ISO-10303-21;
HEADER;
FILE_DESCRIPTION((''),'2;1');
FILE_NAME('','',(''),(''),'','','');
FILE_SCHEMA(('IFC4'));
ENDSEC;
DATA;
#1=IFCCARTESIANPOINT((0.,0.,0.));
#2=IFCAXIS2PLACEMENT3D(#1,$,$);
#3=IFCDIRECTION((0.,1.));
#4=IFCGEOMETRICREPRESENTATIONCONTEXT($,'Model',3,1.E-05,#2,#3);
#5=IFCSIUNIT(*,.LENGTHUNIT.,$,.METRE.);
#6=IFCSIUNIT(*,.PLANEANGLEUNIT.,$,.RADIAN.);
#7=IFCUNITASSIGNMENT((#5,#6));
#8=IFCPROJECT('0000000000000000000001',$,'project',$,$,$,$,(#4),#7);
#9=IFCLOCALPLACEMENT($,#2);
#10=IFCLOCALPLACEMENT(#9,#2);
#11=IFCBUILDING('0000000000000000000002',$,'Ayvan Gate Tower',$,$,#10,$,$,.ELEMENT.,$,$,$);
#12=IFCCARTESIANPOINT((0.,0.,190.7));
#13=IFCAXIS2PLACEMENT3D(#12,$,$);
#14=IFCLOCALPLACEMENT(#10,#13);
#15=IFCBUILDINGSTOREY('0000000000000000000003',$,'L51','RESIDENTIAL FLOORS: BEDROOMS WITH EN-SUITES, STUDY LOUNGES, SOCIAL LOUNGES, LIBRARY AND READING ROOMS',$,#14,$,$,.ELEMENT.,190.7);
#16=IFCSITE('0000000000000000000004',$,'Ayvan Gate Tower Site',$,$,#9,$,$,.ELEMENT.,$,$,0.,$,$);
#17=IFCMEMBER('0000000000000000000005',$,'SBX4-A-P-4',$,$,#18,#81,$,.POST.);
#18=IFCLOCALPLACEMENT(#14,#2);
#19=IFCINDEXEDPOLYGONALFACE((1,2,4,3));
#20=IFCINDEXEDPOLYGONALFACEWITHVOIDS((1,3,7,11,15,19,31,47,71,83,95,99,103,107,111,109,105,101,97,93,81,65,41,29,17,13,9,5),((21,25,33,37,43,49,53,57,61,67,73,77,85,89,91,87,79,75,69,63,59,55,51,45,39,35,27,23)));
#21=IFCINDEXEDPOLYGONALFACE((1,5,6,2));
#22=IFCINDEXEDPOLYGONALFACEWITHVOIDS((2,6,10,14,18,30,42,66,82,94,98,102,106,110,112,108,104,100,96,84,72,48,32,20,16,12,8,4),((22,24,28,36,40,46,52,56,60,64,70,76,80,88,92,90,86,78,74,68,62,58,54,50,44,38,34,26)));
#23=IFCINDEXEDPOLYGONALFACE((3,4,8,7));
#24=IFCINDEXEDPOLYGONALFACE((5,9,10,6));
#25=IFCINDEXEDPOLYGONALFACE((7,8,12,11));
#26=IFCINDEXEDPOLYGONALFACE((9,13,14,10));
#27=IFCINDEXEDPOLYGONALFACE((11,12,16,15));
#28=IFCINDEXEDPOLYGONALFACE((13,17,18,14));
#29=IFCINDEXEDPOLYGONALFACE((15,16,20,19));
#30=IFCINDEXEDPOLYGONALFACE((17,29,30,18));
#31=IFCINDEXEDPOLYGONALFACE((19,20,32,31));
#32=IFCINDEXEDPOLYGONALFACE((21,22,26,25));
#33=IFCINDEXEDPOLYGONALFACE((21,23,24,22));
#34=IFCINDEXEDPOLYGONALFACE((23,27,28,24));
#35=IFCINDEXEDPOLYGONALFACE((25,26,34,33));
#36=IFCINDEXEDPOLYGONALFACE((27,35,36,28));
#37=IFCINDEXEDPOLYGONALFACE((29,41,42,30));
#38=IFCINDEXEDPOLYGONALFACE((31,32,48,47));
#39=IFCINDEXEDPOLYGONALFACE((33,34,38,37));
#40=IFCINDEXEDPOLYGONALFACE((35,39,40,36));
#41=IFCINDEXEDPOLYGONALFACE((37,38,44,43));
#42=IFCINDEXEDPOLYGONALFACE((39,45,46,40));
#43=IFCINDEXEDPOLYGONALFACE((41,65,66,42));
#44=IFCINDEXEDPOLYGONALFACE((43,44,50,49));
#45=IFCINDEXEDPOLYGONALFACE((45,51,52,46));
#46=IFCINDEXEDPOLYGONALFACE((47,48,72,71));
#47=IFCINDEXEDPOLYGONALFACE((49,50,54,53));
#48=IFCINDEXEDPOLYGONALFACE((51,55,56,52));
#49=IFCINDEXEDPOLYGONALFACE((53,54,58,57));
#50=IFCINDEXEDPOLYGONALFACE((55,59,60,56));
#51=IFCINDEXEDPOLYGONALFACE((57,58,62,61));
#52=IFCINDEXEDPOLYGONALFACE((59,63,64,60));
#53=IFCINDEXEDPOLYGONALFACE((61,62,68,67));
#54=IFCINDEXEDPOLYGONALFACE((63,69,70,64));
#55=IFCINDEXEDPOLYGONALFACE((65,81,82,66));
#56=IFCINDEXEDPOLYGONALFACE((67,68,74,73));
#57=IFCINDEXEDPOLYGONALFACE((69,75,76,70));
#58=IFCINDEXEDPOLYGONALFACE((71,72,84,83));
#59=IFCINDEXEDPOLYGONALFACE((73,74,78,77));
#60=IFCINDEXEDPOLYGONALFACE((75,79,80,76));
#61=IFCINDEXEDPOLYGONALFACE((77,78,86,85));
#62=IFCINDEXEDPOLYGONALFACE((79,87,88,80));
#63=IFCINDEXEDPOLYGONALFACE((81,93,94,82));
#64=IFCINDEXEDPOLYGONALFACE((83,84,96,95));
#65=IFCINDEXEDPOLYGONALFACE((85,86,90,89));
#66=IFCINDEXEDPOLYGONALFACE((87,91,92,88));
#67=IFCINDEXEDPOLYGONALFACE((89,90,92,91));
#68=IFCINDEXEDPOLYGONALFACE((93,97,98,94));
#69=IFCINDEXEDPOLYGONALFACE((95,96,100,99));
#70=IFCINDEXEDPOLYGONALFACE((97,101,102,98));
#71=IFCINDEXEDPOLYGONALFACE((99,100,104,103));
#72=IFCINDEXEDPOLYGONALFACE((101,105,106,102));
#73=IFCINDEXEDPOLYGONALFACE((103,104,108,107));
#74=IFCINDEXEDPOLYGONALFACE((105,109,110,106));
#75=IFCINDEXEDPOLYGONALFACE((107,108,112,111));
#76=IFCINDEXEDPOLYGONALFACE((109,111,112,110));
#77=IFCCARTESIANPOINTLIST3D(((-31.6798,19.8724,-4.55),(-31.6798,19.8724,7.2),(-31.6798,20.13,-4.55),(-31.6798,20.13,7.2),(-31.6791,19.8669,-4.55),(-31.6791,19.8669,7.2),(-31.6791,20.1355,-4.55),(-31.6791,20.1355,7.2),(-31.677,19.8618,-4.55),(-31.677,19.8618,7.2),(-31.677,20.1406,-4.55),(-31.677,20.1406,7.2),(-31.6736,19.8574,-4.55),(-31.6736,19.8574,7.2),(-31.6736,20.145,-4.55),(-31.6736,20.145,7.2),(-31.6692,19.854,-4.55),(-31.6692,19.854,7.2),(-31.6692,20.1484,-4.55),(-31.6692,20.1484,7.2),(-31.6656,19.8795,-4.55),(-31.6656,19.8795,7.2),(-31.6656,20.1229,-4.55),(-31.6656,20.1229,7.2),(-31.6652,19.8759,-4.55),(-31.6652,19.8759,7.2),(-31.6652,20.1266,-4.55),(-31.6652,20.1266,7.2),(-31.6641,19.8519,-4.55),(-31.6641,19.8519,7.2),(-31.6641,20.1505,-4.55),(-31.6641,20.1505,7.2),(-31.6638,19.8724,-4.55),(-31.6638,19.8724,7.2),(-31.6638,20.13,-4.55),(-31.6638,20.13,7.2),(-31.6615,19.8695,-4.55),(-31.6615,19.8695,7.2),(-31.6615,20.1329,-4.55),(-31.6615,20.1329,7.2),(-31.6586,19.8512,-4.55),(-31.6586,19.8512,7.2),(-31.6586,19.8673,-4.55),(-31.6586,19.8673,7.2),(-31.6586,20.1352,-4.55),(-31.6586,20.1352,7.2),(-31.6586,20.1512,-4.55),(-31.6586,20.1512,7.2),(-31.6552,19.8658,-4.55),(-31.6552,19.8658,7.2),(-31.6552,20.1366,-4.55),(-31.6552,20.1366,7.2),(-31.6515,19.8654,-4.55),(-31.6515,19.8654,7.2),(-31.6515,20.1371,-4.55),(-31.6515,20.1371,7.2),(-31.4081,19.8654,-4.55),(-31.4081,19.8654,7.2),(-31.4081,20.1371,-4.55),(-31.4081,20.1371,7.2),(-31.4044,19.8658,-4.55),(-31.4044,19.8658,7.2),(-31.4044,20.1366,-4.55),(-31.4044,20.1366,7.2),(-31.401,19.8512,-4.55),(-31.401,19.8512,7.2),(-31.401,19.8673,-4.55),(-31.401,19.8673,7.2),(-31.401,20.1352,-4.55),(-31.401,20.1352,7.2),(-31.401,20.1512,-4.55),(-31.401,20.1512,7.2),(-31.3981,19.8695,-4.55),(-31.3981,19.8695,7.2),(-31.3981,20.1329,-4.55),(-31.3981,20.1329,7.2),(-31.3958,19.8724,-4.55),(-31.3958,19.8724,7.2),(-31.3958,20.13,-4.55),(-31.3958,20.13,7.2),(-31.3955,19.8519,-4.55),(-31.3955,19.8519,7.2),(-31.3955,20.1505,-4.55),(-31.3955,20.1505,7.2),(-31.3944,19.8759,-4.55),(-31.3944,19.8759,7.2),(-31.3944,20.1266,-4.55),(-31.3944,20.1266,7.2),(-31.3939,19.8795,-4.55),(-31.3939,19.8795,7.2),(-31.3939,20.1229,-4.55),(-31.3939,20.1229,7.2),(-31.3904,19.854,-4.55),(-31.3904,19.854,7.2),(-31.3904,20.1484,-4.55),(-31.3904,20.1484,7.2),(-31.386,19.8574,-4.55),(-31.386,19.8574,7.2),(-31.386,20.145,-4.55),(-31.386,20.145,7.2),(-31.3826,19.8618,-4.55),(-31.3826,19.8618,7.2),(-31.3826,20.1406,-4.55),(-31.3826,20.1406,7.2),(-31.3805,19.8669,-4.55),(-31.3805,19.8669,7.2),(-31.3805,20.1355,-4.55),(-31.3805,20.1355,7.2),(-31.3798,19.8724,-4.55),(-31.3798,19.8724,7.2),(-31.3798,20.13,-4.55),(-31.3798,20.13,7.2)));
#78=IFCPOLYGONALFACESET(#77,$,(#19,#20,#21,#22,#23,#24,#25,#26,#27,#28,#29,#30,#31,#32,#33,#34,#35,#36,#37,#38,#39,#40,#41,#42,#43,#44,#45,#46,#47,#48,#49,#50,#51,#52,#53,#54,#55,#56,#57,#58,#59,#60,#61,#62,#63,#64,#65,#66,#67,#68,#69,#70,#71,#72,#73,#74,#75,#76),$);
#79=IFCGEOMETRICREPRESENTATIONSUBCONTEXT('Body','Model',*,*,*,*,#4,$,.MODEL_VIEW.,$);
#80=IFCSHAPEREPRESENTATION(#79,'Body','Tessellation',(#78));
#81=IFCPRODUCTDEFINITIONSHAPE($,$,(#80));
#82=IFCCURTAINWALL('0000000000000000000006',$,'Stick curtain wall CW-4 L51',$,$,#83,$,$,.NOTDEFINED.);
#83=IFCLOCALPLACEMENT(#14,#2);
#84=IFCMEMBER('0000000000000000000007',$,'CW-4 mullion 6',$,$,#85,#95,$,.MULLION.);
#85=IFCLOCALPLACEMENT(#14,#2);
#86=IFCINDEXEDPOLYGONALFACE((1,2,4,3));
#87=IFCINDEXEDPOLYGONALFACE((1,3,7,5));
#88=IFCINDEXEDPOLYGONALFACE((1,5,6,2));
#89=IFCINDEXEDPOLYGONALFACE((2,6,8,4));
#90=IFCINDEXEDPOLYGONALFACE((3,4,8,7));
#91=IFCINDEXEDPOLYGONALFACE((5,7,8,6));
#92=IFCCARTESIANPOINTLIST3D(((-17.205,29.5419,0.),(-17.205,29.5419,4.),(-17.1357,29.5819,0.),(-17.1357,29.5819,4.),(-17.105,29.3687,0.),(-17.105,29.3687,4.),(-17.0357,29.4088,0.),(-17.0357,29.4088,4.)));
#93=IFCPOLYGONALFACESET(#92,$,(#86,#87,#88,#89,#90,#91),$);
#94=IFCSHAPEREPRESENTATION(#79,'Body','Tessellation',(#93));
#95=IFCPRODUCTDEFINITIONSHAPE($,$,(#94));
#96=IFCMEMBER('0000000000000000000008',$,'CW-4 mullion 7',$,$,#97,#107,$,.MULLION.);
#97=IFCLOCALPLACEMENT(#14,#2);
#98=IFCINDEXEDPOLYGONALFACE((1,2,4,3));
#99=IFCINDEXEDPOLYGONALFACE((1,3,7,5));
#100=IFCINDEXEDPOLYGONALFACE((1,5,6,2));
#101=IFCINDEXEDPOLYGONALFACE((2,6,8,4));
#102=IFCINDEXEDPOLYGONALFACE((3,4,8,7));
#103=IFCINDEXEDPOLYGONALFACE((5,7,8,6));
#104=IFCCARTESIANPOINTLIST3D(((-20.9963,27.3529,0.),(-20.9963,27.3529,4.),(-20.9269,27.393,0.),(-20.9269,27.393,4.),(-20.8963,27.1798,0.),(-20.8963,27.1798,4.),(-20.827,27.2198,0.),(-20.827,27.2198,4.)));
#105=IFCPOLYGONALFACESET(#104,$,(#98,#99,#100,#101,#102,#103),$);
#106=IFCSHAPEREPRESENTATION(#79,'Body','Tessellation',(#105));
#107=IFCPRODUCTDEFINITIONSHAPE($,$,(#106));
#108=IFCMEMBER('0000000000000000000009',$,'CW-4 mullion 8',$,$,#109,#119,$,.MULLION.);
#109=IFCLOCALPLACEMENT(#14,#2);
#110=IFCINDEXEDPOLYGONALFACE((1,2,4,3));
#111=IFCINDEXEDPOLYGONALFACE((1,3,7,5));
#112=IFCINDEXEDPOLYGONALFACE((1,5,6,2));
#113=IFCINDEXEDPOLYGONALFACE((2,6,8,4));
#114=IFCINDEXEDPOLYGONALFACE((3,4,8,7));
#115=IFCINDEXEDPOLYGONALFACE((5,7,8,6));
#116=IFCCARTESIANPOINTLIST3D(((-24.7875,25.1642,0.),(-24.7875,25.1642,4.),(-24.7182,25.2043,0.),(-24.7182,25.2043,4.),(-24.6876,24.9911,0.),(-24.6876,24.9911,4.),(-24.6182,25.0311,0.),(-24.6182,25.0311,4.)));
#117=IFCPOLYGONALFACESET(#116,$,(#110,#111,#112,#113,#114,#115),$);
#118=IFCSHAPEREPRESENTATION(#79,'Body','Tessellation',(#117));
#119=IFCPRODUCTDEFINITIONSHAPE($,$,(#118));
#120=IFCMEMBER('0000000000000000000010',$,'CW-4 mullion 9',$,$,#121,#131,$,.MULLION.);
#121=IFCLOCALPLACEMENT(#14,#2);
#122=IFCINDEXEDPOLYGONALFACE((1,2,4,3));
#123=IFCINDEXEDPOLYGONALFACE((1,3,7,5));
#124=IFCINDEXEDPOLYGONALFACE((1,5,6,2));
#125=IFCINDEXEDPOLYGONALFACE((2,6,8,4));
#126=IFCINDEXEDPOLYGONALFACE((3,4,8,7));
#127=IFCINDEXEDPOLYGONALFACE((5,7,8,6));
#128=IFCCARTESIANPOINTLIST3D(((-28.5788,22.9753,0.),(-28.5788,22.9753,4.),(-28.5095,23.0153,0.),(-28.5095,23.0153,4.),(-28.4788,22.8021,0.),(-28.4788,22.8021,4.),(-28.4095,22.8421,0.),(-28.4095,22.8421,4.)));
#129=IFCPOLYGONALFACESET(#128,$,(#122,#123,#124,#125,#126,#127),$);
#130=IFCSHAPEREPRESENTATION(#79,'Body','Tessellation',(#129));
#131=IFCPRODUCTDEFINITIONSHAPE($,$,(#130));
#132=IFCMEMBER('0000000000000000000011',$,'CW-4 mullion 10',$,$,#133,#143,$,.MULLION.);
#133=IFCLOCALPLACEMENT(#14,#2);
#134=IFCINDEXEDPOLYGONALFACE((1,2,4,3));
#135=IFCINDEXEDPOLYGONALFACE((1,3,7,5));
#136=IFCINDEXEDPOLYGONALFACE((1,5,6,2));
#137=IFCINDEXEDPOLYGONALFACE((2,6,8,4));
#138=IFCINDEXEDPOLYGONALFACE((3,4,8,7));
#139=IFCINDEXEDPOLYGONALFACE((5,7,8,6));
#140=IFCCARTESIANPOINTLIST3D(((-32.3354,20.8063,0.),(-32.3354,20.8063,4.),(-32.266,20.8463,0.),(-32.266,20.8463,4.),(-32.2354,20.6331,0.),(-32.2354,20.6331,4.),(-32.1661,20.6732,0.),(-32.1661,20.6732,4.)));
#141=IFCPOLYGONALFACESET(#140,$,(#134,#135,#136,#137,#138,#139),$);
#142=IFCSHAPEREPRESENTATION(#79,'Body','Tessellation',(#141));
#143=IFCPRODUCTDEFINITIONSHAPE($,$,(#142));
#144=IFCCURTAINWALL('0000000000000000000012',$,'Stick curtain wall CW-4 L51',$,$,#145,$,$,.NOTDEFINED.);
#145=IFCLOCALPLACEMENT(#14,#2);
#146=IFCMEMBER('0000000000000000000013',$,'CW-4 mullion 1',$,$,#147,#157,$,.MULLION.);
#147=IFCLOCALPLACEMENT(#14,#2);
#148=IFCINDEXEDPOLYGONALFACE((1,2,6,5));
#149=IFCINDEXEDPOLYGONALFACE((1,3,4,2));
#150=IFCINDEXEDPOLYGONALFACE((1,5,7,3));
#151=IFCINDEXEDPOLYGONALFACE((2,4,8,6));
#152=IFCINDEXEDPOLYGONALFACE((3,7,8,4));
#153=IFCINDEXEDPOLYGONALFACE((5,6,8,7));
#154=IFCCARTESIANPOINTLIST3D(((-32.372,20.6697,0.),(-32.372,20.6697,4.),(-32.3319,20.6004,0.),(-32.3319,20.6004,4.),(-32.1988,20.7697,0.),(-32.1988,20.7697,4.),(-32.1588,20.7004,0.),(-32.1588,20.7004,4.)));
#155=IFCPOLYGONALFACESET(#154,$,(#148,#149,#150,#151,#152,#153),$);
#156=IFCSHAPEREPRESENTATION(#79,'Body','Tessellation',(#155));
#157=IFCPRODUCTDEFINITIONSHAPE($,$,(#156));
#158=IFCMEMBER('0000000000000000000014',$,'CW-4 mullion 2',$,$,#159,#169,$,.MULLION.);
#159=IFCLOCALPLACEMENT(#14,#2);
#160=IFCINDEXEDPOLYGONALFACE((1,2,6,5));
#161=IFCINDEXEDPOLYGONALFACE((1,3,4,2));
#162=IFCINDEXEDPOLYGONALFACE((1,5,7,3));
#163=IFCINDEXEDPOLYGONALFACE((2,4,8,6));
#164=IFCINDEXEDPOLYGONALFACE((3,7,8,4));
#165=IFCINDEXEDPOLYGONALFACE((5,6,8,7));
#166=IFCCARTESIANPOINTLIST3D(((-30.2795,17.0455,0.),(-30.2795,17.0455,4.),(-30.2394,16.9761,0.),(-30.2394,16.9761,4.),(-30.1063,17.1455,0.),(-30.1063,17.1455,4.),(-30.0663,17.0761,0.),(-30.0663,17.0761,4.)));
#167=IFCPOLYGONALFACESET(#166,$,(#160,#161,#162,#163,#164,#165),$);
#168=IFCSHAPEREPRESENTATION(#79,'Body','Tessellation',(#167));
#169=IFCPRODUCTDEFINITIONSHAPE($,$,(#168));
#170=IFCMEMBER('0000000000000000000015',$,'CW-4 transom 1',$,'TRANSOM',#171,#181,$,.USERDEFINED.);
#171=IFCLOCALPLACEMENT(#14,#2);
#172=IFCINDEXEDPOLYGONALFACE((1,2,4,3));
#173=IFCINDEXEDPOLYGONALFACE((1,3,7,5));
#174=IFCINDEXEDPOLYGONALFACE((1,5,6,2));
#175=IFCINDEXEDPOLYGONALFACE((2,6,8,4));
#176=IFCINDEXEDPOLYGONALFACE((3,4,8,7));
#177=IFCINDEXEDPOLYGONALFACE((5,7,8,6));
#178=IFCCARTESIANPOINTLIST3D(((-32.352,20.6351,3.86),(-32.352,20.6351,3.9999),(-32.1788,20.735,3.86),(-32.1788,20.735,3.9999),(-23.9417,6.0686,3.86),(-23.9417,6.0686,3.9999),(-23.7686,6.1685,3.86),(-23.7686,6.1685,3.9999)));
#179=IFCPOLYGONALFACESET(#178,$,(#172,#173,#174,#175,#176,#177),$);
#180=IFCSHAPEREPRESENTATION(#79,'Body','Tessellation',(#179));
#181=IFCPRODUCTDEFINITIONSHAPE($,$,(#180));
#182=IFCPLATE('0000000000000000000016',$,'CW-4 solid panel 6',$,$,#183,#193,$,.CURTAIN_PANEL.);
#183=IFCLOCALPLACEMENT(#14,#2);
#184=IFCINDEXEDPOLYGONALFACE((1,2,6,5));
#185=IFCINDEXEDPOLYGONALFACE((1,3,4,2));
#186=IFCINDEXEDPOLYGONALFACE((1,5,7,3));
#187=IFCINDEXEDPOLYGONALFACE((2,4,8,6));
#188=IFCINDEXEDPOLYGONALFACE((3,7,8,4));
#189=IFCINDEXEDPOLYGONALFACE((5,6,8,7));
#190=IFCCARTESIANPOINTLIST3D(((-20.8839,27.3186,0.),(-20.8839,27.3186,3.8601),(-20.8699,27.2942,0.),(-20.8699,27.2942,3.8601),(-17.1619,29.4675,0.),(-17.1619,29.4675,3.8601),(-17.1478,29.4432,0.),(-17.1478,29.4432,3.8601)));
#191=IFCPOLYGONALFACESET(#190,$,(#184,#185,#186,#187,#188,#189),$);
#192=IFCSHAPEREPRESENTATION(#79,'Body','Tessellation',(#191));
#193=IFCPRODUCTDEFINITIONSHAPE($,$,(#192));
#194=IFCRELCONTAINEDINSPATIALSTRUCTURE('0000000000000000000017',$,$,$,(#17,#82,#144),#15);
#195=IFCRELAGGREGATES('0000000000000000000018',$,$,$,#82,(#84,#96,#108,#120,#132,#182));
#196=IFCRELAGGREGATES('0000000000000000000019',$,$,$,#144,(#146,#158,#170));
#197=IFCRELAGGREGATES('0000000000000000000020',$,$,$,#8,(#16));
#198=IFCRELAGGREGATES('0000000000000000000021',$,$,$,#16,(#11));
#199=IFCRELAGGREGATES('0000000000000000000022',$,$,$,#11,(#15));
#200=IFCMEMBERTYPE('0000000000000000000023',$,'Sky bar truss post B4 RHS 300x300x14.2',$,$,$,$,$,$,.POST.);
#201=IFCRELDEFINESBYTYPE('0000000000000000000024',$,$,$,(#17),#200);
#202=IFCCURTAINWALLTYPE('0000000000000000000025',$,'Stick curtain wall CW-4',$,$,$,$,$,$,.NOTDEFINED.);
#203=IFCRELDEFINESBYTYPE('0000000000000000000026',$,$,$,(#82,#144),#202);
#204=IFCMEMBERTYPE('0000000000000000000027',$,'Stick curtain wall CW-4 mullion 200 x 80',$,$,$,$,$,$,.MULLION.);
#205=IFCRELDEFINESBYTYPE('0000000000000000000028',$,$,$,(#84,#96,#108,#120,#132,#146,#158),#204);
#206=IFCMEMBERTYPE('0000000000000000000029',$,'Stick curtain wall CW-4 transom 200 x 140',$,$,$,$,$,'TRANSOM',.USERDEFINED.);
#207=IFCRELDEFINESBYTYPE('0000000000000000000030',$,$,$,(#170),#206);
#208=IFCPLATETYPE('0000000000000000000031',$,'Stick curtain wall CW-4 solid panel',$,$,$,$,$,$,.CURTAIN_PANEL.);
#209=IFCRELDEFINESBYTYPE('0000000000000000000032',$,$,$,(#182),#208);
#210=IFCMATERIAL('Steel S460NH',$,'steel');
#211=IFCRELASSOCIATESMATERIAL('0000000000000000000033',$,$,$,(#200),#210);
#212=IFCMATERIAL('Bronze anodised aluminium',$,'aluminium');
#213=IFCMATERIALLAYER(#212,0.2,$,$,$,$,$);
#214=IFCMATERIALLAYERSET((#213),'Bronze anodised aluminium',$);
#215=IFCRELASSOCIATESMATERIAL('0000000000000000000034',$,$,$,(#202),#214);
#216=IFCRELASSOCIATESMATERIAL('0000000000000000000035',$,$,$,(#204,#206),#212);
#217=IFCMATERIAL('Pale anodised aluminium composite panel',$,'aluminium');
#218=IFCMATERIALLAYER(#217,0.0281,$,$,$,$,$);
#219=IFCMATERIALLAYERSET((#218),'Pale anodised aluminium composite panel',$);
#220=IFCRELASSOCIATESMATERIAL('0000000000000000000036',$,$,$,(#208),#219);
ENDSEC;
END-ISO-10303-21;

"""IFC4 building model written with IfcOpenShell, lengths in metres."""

from ifc_helpers import new_model, si_unit, direction, frame, origin, origin_2d, place, context, subcontext, project, spatial, rectangle, hollow_rectangle, extrude, material, layer, layer_set, material_profile, profile_set, type_object, element, aggregate, save


model = new_model("IFC4")

# Units and contexts
model_context = context("Model", 3, precision=1e-05, world=origin(), true_north=direction((0.0, 1.0)))
body_context = subcontext(model_context, "Body", "Model", "MODEL_VIEW")
ifc_project = project(units=[si_unit("LENGTHUNIT", "METRE"), si_unit("PLANEANGLEUNIT", "RADIAN")], contexts=[model_context])

# Site, building, storey
site_placement = place(None, origin())
site = spatial("IfcSite", under=ifc_project, at=site_placement, Name="Ayvan Gate Tower Site", CompositionType="ELEMENT", RefElevation=0.0)
building_placement = place(site_placement, origin())
building = spatial("IfcBuilding", under=site, at=building_placement, Name="Ayvan Gate Tower", CompositionType="ELEMENT")
storey_placement = place(building_placement, frame((0.0, 0.0, 190.7)))
storey = spatial("IfcBuildingStorey", under=building, at=storey_placement, Name="L51", Description="RESIDENTIAL FLOORS: BEDROOMS WITH EN-SUITES, STUDY LOUNGES, SOCIAL LOUNGES, LIBRARY AND READING ROOMS", CompositionType="ELEMENT", Elevation=190.7)

# Member
ifc_material_1 = material(Name="Steel S460NH", Category="steel")
ifc_material_profile_1 = material_profile(ifc_material_1, hollow_rectangle(XDim=0.3, YDim=0.3, WallThickness=0.0142, InnerFilletRadius=0.0142, OuterFilletRadius=0.0212, at=origin_2d()), Name="RHS 300x300x14.2")
ifc_profile_set_1 = profile_set([ifc_material_profile_1], Name="Steel S460NH")
member_type_1 = type_object("IfcMemberType", Name="Sky bar truss post B4 RHS 300x300x14.2", PredefinedType="POST", material=ifc_profile_set_1)
for number, where, z_axis, x_axis, name in (
    (1, (-31.5298, 20.0012, -4.55), (0.0, 0.0, 1.0), (1.0, 0.0, 0.0), "SBX4-A-P-4"),
):
    element("IfcMember", number, at=place(storey_placement, frame(where, z_axis=z_axis, x_axis=x_axis)), inside=storey, type_object=member_type_1, Name=name, PredefinedType="POST", context=body_context, shape_type="SweptSolid", body=[
        extrude(hollow_rectangle(XDim=0.3, YDim=0.3, WallThickness=0.0142, InnerFilletRadius=0.0142, OuterFilletRadius=0.0212, at=origin_2d()), origin(), (0.0, 0.0, 1.0), 11.75),
    ])

# Curtain walls, members
ifc_material_2 = material(Name="Bronze anodised aluminium", Category="aluminium")
ifc_layer_1 = layer(ifc_material_2, 0.2)
ifc_layer_set_1 = layer_set([ifc_layer_1], Name="Bronze anodised aluminium")
curtain_wall_type = type_object("IfcCurtainWallType", Name="Stick curtain wall CW-4", PredefinedType="NOTDEFINED", material=ifc_layer_set_1)
curtain_wall_1_placement = place(storey_placement, origin())
curtain_wall_1 = element("IfcCurtainWall", 2, at=curtain_wall_1_placement, inside=storey, type_object=curtain_wall_type, Name="Stick curtain wall CW-4 L51", PredefinedType="NOTDEFINED")
ifc_material_profile_2 = material_profile(ifc_material_2, rectangle(XDim=0.2, YDim=0.0801, at=origin_2d()), Name="Stick curtain wall CW-4 mullion 200 x 80")
ifc_profile_set_2 = profile_set([ifc_material_profile_2], Name="Bronze anodised aluminium")
member_type_2 = type_object("IfcMemberType", Name="Stick curtain wall CW-4 mullion 200 x 80", PredefinedType="MULLION", material=ifc_profile_set_2)
member_1_placement = place(storey_placement, frame((-17.1204, 29.4753, 0.0), z_axis=(0.0, 0.0, 1.0), x_axis=(-0.5, 0.866025, 0.0)))
member_1 = element("IfcMember", 3, at=member_1_placement, type_object=member_type_2, Name="CW-4 mullion 6", PredefinedType="MULLION", context=body_context, shape_type="SweptSolid", body=[
    extrude(rectangle(XDim=0.2, YDim=0.0801, at=origin_2d()), origin(), (0.0, 0.0, 1.0), 4.0),
])
member_2_placement = place(storey_placement, frame((-20.9116, 27.2864, 0.0), z_axis=(0.0, 0.0, 1.0), x_axis=(-0.5, 0.866025, 0.0)))
member_2 = element("IfcMember", 4, at=member_2_placement, type_object=member_type_2, Name="CW-4 mullion 7", PredefinedType="MULLION", context=body_context, shape_type="SweptSolid", body=[
    extrude(rectangle(XDim=0.2, YDim=0.0801, at=origin_2d()), origin(), (0.0, 0.0, 1.0), 4.0),
])
member_3_placement = place(storey_placement, frame((-24.7029, 25.0977, 0.0), z_axis=(0.0, 0.0, 1.0), x_axis=(-0.5, 0.866025, 0.0)))
member_3 = element("IfcMember", 5, at=member_3_placement, type_object=member_type_2, Name="CW-4 mullion 8", PredefinedType="MULLION", context=body_context, shape_type="SweptSolid", body=[
    extrude(rectangle(XDim=0.2, YDim=0.0801, at=origin_2d()), origin(), (0.0, 0.0, 1.0), 4.0),
])
member_4_placement = place(storey_placement, frame((-28.4941, 22.9087, 0.0), z_axis=(0.0, 0.0, 1.0), x_axis=(-0.5, 0.866025, 0.0)))
member_4 = element("IfcMember", 6, at=member_4_placement, type_object=member_type_2, Name="CW-4 mullion 9", PredefinedType="MULLION", context=body_context, shape_type="SweptSolid", body=[
    extrude(rectangle(XDim=0.2, YDim=0.0801, at=origin_2d()), origin(), (0.0, 0.0, 1.0), 4.0),
])
member_5_placement = place(storey_placement, frame((-32.2507, 20.7397, 0.0), z_axis=(0.0, 0.0, 1.0), x_axis=(-0.5, 0.866025, 0.0)))
member_5 = element("IfcMember", 7, at=member_5_placement, type_object=member_type_2, Name="CW-4 mullion 10", PredefinedType="MULLION", context=body_context, shape_type="SweptSolid", body=[
    extrude(rectangle(XDim=0.2, YDim=0.0801, at=origin_2d()), origin(), (0.0, 0.0, 1.0), 4.0),
])
curtain_wall_2_placement = place(storey_placement, origin())
curtain_wall_2 = element("IfcCurtainWall", 8, at=curtain_wall_2_placement, inside=storey, type_object=curtain_wall_type, Name="Stick curtain wall CW-4 L51", PredefinedType="NOTDEFINED")
member_6_placement = place(storey_placement, frame((-32.2654, 20.6851, 0.0), z_axis=(0.0, 0.0, 1.0), x_axis=(-0.866025, -0.5, 0.0)))
member_6 = element("IfcMember", 9, at=member_6_placement, type_object=member_type_2, Name="CW-4 mullion 1", PredefinedType="MULLION", context=body_context, shape_type="SweptSolid", body=[
    extrude(rectangle(XDim=0.2, YDim=0.0801, at=origin_2d()), origin(), (0.0, 0.0, 1.0), 4.0),
])
member_7_placement = place(storey_placement, frame((-30.1729, 17.0608, 0.0), z_axis=(0.0, 0.0, 1.0), x_axis=(-0.866025, -0.5, 0.0)))
member_7 = element("IfcMember", 10, at=member_7_placement, type_object=member_type_2, Name="CW-4 mullion 2", PredefinedType="MULLION", context=body_context, shape_type="SweptSolid", body=[
    extrude(rectangle(XDim=0.2, YDim=0.0801, at=origin_2d()), origin(), (0.0, 0.0, 1.0), 4.0),
])
ifc_material_profile_3 = material_profile(ifc_material_2, rectangle(XDim=0.2, YDim=0.1399, at=origin_2d()), Name="Stick curtain wall CW-4 transom 200 x 140")
ifc_profile_set_3 = profile_set([ifc_material_profile_3], Name="Bronze anodised aluminium")
member_type_3 = type_object("IfcMemberType", Name="Stick curtain wall CW-4 transom 200 x 140", ElementType="TRANSOM", PredefinedType="USERDEFINED", material=ifc_profile_set_3)
member_8_placement = place(storey_placement, frame((-32.2654, 20.6851, 3.9299), z_axis=(0.500011, -0.866019, 0.0), x_axis=(0.866019, 0.500011, 0.0)))
member_8 = element("IfcMember", 11, at=member_8_placement, type_object=member_type_3, Name="CW-4 transom 1", ObjectType="TRANSOM", PredefinedType="USERDEFINED", context=body_context, shape_type="SweptSolid", body=[
    extrude(rectangle(XDim=0.2, YDim=0.1399, at=origin_2d()), origin(), (0.0, 0.0, 1.0), 16.8201),
])

# Plate
ifc_material_3 = material(Name="Pale anodised aluminium composite panel", Category="aluminium")
ifc_layer_2 = layer(ifc_material_3, 0.0281)
ifc_layer_set_2 = layer_set([ifc_layer_2], Name="Pale anodised aluminium composite panel")
plate_type = type_object("IfcPlateType", Name="Stick curtain wall CW-4 solid panel", PredefinedType="CURTAIN_PANEL", material=ifc_layer_set_2)
plate_1_placement = place(storey_placement, frame((-19.0159, 28.3809, 0.0), z_axis=(0.0, 0.0, 1.0), x_axis=(-0.866025, -0.5, 0.0)))
plate_1 = element("IfcPlate", 12, at=plate_1_placement, type_object=plate_type, Name="CW-4 solid panel 6", PredefinedType="CURTAIN_PANEL", context=body_context, shape_type="SweptSolid", body=[
    extrude(rectangle(XDim=4.2979, YDim=0.0281, at=origin_2d()), origin(), (0.0, 0.0, 1.0), 3.8601),
])
aggregate(curtain_wall_1, [member_1, member_2, member_3, member_4, member_5, plate_1])
aggregate(curtain_wall_2, [member_6, member_7, member_8])

save(model, "model.ifc")
